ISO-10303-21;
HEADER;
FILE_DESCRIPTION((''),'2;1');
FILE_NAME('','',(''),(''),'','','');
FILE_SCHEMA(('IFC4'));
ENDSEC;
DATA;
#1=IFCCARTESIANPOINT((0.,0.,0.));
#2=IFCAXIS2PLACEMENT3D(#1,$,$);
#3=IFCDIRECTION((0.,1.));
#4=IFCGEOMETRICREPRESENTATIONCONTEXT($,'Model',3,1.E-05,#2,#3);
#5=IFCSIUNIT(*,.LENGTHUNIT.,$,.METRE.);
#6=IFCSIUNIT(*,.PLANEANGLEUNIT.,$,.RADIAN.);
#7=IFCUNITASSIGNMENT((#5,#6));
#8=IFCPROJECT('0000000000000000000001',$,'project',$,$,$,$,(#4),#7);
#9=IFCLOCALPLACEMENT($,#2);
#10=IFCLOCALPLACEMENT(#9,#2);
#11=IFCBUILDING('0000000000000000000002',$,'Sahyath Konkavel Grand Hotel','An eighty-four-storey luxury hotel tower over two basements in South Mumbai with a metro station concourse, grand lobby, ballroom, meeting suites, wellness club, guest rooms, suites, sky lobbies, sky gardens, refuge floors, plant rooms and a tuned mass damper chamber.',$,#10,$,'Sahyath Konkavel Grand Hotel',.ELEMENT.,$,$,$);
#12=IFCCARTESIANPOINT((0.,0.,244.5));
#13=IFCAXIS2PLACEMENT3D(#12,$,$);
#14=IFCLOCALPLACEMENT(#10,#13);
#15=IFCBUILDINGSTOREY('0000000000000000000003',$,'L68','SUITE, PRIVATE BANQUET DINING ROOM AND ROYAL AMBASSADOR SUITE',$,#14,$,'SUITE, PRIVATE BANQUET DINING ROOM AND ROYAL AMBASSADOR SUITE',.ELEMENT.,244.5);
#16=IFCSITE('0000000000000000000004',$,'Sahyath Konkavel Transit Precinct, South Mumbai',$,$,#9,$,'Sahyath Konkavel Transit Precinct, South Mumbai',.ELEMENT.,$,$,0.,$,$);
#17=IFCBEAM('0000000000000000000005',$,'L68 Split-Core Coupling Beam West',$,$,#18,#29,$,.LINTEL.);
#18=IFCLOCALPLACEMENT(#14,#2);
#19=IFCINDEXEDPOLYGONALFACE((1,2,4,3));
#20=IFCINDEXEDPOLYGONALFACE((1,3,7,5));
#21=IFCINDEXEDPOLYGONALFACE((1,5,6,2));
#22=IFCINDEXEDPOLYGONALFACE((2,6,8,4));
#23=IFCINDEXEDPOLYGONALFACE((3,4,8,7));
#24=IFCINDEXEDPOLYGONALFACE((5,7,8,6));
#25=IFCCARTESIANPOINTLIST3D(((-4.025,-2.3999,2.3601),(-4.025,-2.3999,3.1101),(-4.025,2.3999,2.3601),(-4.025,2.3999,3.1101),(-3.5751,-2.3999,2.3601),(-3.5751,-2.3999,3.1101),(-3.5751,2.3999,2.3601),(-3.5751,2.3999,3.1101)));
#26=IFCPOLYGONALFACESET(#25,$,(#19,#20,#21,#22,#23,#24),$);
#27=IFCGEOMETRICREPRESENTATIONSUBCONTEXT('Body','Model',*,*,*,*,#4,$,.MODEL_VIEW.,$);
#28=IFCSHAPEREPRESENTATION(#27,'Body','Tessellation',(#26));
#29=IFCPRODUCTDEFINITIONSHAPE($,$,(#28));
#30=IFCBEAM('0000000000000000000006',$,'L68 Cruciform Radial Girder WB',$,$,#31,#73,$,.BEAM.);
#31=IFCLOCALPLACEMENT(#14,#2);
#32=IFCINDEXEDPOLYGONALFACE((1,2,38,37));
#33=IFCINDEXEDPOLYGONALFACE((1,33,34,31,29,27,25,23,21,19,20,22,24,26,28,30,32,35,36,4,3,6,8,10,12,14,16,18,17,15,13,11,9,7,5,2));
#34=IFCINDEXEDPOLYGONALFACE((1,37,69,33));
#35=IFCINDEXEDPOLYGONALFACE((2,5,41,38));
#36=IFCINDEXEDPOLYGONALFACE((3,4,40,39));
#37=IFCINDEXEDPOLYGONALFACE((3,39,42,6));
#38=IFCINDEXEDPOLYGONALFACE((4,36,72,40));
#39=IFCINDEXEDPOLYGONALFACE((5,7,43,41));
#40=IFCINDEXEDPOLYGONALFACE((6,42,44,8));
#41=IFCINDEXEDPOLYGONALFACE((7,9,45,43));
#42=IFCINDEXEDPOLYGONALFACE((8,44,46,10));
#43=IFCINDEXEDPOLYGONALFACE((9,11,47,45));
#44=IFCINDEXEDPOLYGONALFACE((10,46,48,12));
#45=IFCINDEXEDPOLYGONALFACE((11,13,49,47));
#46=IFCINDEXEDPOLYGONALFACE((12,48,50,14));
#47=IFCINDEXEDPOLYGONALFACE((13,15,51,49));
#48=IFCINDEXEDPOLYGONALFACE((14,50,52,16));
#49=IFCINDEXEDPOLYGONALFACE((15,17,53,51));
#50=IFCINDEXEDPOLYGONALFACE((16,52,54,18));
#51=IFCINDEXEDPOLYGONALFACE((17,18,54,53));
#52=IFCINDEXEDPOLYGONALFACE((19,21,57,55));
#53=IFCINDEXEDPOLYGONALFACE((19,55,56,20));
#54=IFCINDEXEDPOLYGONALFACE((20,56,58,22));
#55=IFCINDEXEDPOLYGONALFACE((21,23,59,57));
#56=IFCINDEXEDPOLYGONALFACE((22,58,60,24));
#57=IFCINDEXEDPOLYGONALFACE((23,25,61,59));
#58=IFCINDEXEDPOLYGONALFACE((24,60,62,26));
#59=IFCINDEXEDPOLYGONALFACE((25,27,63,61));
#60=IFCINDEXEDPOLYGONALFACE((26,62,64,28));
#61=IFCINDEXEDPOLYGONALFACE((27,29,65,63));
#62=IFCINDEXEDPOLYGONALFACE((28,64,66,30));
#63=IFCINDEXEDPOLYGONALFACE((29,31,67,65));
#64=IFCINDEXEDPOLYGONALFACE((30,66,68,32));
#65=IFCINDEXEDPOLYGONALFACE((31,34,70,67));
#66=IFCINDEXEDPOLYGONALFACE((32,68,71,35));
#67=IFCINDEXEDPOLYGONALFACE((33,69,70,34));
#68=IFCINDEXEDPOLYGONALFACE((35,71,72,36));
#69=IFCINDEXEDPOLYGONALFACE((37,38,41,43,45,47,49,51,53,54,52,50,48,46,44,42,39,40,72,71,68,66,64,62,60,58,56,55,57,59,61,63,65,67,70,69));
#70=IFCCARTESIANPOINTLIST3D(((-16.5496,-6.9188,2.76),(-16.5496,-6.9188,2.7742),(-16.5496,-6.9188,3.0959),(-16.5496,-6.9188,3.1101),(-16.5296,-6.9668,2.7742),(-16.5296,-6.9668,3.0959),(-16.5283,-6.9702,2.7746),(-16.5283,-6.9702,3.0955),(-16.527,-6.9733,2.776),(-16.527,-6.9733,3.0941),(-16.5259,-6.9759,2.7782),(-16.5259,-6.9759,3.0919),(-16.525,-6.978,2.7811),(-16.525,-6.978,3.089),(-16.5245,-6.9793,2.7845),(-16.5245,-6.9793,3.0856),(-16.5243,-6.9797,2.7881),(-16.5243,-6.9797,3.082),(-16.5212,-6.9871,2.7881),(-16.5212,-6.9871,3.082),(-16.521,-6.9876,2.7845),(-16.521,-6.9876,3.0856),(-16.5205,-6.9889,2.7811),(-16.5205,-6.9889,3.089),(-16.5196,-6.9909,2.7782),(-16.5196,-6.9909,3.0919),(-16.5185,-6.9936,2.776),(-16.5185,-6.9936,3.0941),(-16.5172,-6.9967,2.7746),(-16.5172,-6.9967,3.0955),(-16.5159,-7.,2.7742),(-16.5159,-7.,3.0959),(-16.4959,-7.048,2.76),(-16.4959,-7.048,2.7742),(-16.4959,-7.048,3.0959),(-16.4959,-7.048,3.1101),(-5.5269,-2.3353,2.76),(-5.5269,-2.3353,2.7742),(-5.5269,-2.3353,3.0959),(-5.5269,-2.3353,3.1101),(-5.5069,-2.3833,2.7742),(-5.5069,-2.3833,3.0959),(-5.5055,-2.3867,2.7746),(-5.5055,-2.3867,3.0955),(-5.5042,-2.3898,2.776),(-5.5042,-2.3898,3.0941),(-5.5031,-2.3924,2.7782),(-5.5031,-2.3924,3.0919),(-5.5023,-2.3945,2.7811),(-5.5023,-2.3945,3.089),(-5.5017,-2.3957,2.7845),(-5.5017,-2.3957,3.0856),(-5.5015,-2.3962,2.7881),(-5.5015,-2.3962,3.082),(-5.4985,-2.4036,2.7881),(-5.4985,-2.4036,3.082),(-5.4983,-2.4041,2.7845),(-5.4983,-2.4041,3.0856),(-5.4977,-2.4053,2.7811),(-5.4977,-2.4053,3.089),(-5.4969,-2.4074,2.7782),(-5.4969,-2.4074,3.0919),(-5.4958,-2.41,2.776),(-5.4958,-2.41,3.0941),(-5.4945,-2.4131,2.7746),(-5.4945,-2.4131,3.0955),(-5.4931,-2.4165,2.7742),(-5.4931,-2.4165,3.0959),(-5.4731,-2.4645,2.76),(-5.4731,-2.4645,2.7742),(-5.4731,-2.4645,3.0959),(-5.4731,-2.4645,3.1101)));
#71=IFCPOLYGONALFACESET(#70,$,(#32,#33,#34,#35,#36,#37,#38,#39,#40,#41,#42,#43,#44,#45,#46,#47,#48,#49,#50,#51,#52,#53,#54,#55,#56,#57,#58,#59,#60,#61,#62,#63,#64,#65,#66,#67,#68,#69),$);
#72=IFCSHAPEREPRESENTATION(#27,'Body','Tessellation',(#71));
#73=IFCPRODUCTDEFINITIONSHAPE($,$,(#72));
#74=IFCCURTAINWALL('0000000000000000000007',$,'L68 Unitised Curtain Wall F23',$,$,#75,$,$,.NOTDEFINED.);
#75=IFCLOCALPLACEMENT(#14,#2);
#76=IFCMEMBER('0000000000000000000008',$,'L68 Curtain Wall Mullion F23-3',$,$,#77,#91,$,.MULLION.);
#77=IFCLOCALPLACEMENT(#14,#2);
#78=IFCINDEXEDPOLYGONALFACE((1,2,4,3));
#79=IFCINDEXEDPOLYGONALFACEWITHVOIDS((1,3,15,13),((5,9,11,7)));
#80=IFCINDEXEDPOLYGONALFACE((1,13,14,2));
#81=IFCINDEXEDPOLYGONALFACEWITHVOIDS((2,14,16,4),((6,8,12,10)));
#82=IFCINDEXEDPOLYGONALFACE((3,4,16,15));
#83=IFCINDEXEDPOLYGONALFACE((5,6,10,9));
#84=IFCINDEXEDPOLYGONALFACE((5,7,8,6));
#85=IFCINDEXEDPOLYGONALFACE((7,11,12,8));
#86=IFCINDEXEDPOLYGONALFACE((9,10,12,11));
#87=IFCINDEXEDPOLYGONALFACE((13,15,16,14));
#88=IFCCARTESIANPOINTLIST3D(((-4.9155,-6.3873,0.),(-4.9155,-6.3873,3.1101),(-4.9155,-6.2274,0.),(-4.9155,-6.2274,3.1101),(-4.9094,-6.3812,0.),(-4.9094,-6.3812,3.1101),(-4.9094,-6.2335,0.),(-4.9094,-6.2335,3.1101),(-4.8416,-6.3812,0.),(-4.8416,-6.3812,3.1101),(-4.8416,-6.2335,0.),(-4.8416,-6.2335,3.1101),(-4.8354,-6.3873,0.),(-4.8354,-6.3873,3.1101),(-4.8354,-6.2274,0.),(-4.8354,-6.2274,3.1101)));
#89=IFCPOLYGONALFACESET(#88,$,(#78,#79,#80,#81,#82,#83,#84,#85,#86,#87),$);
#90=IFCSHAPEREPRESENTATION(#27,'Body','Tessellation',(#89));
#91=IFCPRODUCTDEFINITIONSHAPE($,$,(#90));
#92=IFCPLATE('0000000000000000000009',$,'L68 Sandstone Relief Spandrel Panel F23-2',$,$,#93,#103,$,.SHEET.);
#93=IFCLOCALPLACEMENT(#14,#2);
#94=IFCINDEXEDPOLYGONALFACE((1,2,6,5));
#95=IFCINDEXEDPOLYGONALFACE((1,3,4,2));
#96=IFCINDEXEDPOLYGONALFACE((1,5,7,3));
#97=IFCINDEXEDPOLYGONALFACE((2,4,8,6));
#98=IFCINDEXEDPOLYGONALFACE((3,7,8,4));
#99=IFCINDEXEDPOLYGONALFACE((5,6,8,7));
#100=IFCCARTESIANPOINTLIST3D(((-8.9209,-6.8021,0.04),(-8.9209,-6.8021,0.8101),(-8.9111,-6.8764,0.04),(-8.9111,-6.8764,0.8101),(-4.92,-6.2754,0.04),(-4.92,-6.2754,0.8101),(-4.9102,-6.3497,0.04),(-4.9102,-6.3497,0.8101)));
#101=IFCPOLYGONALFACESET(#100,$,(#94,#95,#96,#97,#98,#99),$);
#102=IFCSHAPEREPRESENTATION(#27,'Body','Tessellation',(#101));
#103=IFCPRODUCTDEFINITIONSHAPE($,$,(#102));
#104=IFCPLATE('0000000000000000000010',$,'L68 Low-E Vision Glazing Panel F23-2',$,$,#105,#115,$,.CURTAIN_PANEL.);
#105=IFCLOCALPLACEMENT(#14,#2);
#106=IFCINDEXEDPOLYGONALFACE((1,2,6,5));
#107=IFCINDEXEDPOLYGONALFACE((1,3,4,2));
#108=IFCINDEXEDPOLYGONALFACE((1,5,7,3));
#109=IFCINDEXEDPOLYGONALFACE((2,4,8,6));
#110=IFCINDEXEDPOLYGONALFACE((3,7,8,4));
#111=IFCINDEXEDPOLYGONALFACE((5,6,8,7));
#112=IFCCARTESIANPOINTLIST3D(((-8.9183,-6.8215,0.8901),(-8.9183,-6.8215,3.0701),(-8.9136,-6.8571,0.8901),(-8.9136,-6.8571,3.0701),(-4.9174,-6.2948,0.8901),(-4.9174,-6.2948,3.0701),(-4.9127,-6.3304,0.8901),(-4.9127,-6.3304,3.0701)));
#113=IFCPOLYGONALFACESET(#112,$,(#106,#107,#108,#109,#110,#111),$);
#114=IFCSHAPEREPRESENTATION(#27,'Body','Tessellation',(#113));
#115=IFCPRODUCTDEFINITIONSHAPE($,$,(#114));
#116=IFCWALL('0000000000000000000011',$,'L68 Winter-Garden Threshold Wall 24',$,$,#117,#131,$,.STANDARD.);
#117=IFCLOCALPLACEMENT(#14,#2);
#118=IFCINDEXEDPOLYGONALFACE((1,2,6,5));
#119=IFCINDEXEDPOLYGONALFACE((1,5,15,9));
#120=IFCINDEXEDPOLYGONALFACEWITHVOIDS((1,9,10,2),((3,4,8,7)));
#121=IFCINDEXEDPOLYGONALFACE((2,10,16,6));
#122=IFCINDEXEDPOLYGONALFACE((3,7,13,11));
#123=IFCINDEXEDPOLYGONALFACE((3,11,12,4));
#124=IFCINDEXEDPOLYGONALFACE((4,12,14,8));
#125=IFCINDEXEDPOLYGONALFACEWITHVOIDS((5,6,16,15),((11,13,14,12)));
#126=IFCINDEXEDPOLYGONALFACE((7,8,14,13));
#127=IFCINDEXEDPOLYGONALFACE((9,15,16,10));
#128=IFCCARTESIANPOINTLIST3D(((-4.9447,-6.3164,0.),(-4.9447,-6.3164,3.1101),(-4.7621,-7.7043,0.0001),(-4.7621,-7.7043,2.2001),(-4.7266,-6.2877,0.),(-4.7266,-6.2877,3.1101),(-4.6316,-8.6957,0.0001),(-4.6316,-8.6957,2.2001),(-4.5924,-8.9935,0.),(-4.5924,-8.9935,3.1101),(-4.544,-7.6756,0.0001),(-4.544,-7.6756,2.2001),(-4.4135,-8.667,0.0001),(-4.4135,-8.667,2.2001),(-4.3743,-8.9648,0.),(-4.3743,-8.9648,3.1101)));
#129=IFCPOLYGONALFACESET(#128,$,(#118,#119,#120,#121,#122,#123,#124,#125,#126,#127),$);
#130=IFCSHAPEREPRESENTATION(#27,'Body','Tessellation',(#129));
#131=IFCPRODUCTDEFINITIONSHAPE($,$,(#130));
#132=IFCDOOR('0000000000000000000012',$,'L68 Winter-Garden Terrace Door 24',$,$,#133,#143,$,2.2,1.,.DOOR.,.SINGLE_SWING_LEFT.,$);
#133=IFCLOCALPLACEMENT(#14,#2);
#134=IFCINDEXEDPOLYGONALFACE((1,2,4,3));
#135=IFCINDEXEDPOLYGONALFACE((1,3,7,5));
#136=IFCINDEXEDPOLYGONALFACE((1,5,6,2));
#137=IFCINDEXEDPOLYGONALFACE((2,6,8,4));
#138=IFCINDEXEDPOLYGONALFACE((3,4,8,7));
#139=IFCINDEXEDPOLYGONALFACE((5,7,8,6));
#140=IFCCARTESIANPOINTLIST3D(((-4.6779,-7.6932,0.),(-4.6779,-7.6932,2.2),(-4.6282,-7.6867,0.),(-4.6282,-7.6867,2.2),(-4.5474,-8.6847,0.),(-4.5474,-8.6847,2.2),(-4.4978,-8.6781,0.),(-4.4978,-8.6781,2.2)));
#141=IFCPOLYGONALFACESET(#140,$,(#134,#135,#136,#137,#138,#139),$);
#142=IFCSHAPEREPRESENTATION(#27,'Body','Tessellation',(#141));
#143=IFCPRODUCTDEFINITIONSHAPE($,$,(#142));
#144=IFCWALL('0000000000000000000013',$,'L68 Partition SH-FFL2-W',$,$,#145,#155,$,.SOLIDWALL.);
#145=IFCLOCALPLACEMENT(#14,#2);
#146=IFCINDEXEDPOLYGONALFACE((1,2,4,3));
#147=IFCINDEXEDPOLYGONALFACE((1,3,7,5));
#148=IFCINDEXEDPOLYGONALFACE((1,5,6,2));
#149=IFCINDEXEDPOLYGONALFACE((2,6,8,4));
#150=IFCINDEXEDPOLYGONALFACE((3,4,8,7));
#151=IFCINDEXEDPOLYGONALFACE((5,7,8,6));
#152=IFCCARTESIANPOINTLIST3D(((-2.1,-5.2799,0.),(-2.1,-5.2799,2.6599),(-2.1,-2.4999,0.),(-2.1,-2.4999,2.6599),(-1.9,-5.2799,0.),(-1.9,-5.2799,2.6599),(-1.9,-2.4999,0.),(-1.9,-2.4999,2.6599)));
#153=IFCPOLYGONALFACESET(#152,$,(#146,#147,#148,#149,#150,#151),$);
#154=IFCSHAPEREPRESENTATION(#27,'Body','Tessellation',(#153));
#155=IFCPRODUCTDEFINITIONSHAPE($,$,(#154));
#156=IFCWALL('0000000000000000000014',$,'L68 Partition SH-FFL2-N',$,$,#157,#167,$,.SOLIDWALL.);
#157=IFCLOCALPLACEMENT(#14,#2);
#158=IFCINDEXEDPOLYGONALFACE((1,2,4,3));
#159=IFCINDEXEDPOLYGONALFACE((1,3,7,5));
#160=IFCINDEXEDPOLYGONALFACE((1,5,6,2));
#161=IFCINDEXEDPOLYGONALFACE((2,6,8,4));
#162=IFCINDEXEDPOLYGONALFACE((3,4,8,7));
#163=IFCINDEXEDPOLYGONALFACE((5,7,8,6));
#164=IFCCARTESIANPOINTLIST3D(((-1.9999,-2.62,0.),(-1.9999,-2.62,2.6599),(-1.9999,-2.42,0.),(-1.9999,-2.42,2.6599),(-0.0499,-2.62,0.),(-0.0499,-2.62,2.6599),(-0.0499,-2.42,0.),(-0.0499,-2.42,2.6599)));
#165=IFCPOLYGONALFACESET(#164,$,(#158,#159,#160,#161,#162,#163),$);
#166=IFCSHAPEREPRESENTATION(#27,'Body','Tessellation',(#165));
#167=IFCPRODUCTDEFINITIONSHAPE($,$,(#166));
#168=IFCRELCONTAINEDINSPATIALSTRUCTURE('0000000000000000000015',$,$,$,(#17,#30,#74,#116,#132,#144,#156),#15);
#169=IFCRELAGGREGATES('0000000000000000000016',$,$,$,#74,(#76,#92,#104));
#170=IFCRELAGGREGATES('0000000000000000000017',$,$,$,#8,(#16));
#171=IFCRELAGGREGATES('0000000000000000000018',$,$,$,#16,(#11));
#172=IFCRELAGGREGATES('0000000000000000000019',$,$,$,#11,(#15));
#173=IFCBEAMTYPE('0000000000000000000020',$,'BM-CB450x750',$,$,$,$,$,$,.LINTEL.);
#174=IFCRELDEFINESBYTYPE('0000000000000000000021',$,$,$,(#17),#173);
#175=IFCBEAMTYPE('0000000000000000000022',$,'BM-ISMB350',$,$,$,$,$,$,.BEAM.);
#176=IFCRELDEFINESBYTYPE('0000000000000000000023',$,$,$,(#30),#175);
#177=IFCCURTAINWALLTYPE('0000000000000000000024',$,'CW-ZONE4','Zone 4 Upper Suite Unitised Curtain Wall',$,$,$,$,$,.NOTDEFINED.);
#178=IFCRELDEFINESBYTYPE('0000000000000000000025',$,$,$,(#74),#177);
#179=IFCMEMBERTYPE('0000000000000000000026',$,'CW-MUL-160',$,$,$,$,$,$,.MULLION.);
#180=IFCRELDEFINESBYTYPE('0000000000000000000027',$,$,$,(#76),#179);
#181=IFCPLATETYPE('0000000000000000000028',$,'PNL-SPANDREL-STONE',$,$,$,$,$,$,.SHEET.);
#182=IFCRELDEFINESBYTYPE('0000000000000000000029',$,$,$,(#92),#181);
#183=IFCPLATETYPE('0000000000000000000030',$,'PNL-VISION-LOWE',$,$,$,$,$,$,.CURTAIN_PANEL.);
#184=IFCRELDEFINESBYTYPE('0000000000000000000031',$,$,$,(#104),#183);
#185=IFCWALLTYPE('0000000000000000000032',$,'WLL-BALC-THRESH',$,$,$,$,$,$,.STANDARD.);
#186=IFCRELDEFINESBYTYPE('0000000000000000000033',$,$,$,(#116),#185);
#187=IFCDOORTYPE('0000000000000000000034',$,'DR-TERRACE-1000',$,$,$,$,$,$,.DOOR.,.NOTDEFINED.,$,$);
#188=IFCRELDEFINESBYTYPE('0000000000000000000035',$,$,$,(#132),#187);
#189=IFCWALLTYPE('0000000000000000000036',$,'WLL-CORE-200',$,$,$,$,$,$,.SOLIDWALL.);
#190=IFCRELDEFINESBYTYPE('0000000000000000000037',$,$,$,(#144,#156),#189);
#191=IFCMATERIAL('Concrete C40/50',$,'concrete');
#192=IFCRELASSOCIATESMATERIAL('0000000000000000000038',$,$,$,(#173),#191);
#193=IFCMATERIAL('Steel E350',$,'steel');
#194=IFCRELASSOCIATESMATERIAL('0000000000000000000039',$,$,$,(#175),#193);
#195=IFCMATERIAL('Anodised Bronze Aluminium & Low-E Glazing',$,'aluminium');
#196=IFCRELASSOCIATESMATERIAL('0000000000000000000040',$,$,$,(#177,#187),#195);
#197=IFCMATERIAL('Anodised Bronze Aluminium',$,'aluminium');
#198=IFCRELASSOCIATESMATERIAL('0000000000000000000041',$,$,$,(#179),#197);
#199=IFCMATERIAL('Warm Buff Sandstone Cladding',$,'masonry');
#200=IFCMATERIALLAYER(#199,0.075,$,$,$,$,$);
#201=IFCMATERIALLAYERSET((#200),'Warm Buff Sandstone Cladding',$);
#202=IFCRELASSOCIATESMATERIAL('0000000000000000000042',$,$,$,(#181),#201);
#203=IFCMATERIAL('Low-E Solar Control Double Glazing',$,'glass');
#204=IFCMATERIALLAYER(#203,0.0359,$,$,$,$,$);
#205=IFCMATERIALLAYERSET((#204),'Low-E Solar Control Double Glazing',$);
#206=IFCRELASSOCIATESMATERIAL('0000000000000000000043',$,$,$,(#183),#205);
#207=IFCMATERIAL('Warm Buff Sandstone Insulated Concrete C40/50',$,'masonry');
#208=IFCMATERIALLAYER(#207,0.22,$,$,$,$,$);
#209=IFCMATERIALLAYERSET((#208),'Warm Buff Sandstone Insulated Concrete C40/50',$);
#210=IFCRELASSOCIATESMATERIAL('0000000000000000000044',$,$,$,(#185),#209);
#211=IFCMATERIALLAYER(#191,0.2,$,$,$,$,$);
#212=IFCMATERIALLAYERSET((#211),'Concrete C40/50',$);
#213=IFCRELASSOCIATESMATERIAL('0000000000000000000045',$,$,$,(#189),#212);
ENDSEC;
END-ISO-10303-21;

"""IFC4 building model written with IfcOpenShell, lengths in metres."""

from ifc_helpers import new_model, si_unit, direction, frame, frame_2d, origin, origin_2d, place, context, subcontext, project, spatial, rectangle, hollow_rectangle, i_section, extrude, source, transform, mapped, material, layer, layer_set, material_profile, profile_set, type_object, element, fill, aggregate, save


model = new_model("IFC4")

# Units and contexts
model_context = context("Model", 3, precision=1e-05, world=origin(), true_north=direction((0.0, 1.0)))
body_context = subcontext(model_context, "Body", "Model", "MODEL_VIEW")
ifc_project = project(units=[si_unit("LENGTHUNIT", "METRE"), si_unit("PLANEANGLEUNIT", "RADIAN")], contexts=[model_context])

# Site, building, storey
site_placement = place(None, origin())
site = spatial("IfcSite", under=ifc_project, at=site_placement, Name="Sahyath Konkavel Transit Precinct, South Mumbai", LongName="Sahyath Konkavel Transit Precinct, South Mumbai", CompositionType="ELEMENT", RefElevation=0.0)
building_placement = place(site_placement, origin())
building = spatial("IfcBuilding", under=site, at=building_placement, Name="Sahyath Konkavel Grand Hotel", Description="An eighty-four-storey luxury hotel tower over two basements in South Mumbai with a metro station concourse, grand lobby, ballroom, meeting suites, wellness club, guest rooms, suites, sky lobbies, sky gardens, refuge floors, plant rooms and a tuned mass damper chamber.", LongName="Sahyath Konkavel Grand Hotel", CompositionType="ELEMENT")
storey_placement = place(building_placement, frame((0.0, 0.0, 244.5)))
storey = spatial("IfcBuildingStorey", under=building, at=storey_placement, Name="L68", Description="SUITE, PRIVATE BANQUET DINING ROOM AND ROYAL AMBASSADOR SUITE", LongName="SUITE, PRIVATE BANQUET DINING ROOM AND ROYAL AMBASSADOR SUITE", CompositionType="ELEMENT", Elevation=244.5)

# Shared definitions
ifc_material_1 = material(Name="Concrete C40/50", Category="concrete")

# Beams
ifc_material_2 = material(Name="Steel E350", Category="steel")
ifc_material_profile_1 = material_profile(ifc_material_1, rectangle(XDim=0.45, YDim=0.75, at=origin_2d()), Name="RC 450x750")
ifc_profile_set_1 = profile_set([ifc_material_profile_1], Name="Concrete C40/50")
beam_type_1 = type_object("IfcBeamType", Name="BM-CB450x750", PredefinedType="LINTEL", material=ifc_profile_set_1)
shared_shape_1 = source(origin(), body_context, "Body", "SweptSolid", [
    extrude(rectangle(XDim=0.45, YDim=0.75, at=origin_2d()), origin(), (0.0, 0.0, 1.0), 4.7998),
])
beam_1_placement = place(storey_placement, frame((-3.8, -2.3999, 2.7351), z_axis=(0.0, 1.0, 0.0), x_axis=(-1.0, 0.0, 0.0)))
element("IfcBeam", 1, at=beam_1_placement, inside=storey, type_object=beam_type_1, Name="L68 Split-Core Coupling Beam West", PredefinedType="LINTEL", context=body_context, shape_type="MappedRepresentation", body=[
    mapped(shared_shape_1, transform((0.0, 0.0, 0.0), scale=1.0)),
])
ifc_material_profile_2 = material_profile(ifc_material_2, i_section(OverallWidth=0.1399, OverallDepth=0.3501, WebThickness=0.0081, FlangeThickness=0.0142, FilletRadius=0.0139, at=origin_2d()), Name="ISMB 350")
ifc_profile_set_2 = profile_set([ifc_material_profile_2], Name="Steel E350")
beam_type_2 = type_object("IfcBeamType", Name="BM-ISMB350", PredefinedType="BEAM", material=ifc_profile_set_2)
shared_shape_2 = source(origin(), body_context, "Body", "SweptSolid", [
    extrude(i_section(OverallWidth=0.1399, OverallDepth=0.3501, WebThickness=0.0081, FlangeThickness=0.0142, FilletRadius=0.0139, at=origin_2d()), origin(), (0.0, 0.0, 1.0), 11.9377),
])
beam_2_placement = place(storey_placement, frame((-5.5, -2.3999, 2.9351), z_axis=(-0.923353, -0.383952, 0.0), x_axis=(0.383952, -0.923353, 0.0)))
element("IfcBeam", 2, at=beam_2_placement, inside=storey, type_object=beam_type_2, Name="L68 Cruciform Radial Girder WB", PredefinedType="BEAM", context=body_context, shape_type="MappedRepresentation", body=[
    mapped(shared_shape_2, transform((0.0, 0.0, 0.0), scale=1.0)),
])

# Curtain wall, member, plates
ifc_material_3 = material(Name="Anodised Bronze Aluminium & Low-E Glazing", Category="aluminium")
curtain_wall_type = type_object("IfcCurtainWallType", Name="CW-ZONE4", Description="Zone 4 Upper Suite Unitised Curtain Wall", PredefinedType="NOTDEFINED", material=ifc_material_3)
curtain_wall_placement = place(storey_placement, origin())
curtain_wall = element("IfcCurtainWall", 3, at=curtain_wall_placement, inside=storey, type_object=curtain_wall_type, Name="L68 Unitised Curtain Wall F23", PredefinedType="NOTDEFINED")
ifc_material_4 = material(Name="Anodised Bronze Aluminium", Category="aluminium")
ifc_material_profile_3 = material_profile(ifc_material_4, hollow_rectangle(XDim=0.0801, YDim=0.1599, WallThickness=0.0061, at=origin_2d()), Name="RHS 160x80x6")
ifc_profile_set_3 = profile_set([ifc_material_profile_3], Name="Anodised Bronze Aluminium")
member_type = type_object("IfcMemberType", Name="CW-MUL-160", PredefinedType="MULLION", material=ifc_profile_set_3)
shared_shape_3 = source(origin(), body_context, "Body", "SweptSolid", [
    extrude(hollow_rectangle(XDim=0.0801, YDim=0.1599, WallThickness=0.0061, at=origin_2d()), origin(), (0.0, 0.0, 1.0), 3.1101),
])
member_placement = place(storey_placement, frame((-4.8755, -6.3074, 0.0), z_axis=(0.0, 0.0, 1.0), x_axis=(1.0, 0.0, 0.0)))
member = element("IfcMember", 4, at=member_placement, type_object=member_type, Name="L68 Curtain Wall Mullion F23-3", PredefinedType="MULLION", context=body_context, shape_type="MappedRepresentation", body=[
    mapped(shared_shape_3, transform((0.0, 0.0, 0.0), scale=1.0)),
])
ifc_material_5 = material(Name="Warm Buff Sandstone Cladding", Category="masonry")
ifc_layer_1 = layer(ifc_material_5, 0.075)
ifc_layer_set_1 = layer_set([ifc_layer_1], Name="Warm Buff Sandstone Cladding")
plate_type_1 = type_object("IfcPlateType", Name="PNL-SPANDREL-STONE", PredefinedType="SHEET", material=ifc_layer_set_1)
shared_shape_4 = source(origin(), body_context, "Body", "SweptSolid", [
    extrude(rectangle(XDim=4.0354, YDim=0.075, at=origin_2d()), origin(), (0.0, 0.0, 1.0), 0.77),
])
plate_1_placement = place(storey_placement, frame((-6.9155, -6.5759, 0.04), z_axis=(0.0, 0.0, 1.0), x_axis=(0.991445, 0.130526, 0.0)))
plate_1 = element("IfcPlate", 5, at=plate_1_placement, type_object=plate_type_1, Name="L68 Sandstone Relief Spandrel Panel F23-2", PredefinedType="SHEET", context=body_context, shape_type="MappedRepresentation", body=[
    mapped(shared_shape_4, transform((0.0, 0.0, 0.0), scale=1.0)),
])
ifc_material_6 = material(Name="Low-E Solar Control Double Glazing", Category="glass")
ifc_layer_2 = layer(ifc_material_6, 0.0359)
ifc_layer_set_2 = layer_set([ifc_layer_2], Name="Low-E Solar Control Double Glazing")
plate_type_2 = type_object("IfcPlateType", Name="PNL-VISION-LOWE", PredefinedType="CURTAIN_PANEL", material=ifc_layer_set_2)
shared_shape_5 = source(origin(), body_context, "Body", "SweptSolid", [
    extrude(rectangle(XDim=4.0354, YDim=0.0359, at=origin_2d()), origin(), (0.0, 0.0, 1.0), 2.1799),
])
plate_2_placement = place(storey_placement, frame((-6.9155, -6.5759, 0.8901), z_axis=(0.0, 0.0, 1.0), x_axis=(0.991445, 0.130526, 0.0)))
plate_2 = element("IfcPlate", 6, at=plate_2_placement, type_object=plate_type_2, Name="L68 Low-E Vision Glazing Panel F23-2", PredefinedType="CURTAIN_PANEL", context=body_context, shape_type="MappedRepresentation", body=[
    mapped(shared_shape_5, transform((0.0, 0.0, 0.0), scale=1.0)),
])
aggregate(curtain_wall, [member, plate_1, plate_2])

# Wall, opening, door
ifc_material_7 = material(Name="Warm Buff Sandstone Insulated Concrete C40/50", Category="masonry")
ifc_layer_3 = layer(ifc_material_7, 0.22)
ifc_layer_set_3 = layer_set([ifc_layer_3], Name="Warm Buff Sandstone Insulated Concrete C40/50")
wall_type_1 = type_object("IfcWallType", Name="WLL-BALC-THRESH", PredefinedType="STANDARD", material=ifc_layer_set_3)
wall_1_placement = place(storey_placement, frame((-4.8357, -6.302, 0.0), z_axis=(0.0, 0.0, 1.0), x_axis=(0.130476, -0.991452, 0.0)))
wall_1 = element("IfcWall", 7, at=wall_1_placement, inside=storey, type_object=wall_type_1, Name="L68 Winter-Garden Threshold Wall 24", PredefinedType="STANDARD", context=body_context, shape_type="SweptSolid", body=[
    extrude(rectangle(XDim=2.7002, YDim=0.22, at=frame_2d((1.3501, 0.0))), origin(), (0.0, 0.0, 1.0), 3.1101),
])
opening_1_placement = place(wall_1_placement, frame((1.3999, 0.0, 0.0)))
opening_1 = element("IfcOpeningElement", 8, at=opening_1_placement, cuts=wall_1, PredefinedType="OPENING", context=body_context, shape_type="SweptSolid", body=[
    extrude(rectangle(XDim=1.0, YDim=2.2, at=frame_2d((0.5, 1.1001))), frame((0.0, 0.1201, 0.0), z_axis=(0.0, -1.0, 0.0), x_axis=(1.0, 0.0, 0.0)), (0.0, 0.0, 1.0), 0.24),
])
door_type_1 = type_object("IfcDoorType", Name="DR-TERRACE-1000", OperationType="NOTDEFINED", PredefinedType="DOOR", material=ifc_material_3)
shared_shape_6 = source(origin(), body_context, "Body", "SweptSolid", [
    extrude(rectangle(XDim=1.0, YDim=0.05, at=origin_2d()), origin(), (0.0, 0.0, 1.0), 2.2),
])
door_1_placement = place(opening_1_placement, frame((0.5, 0.0, 0.0)))
door_1 = element("IfcDoor", 9, at=door_1_placement, inside=storey, type_object=door_type_1, Name="L68 Winter-Garden Terrace Door 24", OperationType="SINGLE_SWING_LEFT", OverallHeight=2.2, OverallWidth=1.0, PredefinedType="DOOR", context=body_context, shape_type="MappedRepresentation", body=[
    mapped(shared_shape_6, transform((0.0, 0.0, 0.0), scale=1.0)),
])
fill(opening_1, door_1)

# Walls
ifc_layer_4 = layer(ifc_material_1, 0.2)
ifc_layer_set_4 = layer_set([ifc_layer_4], Name="Concrete C40/50")
wall_type_2 = type_object("IfcWallType", Name="WLL-CORE-200", PredefinedType="SOLIDWALL", material=ifc_layer_set_4)
wall_2_placement = place(storey_placement, frame((-2.0, -5.28, 0.0), z_axis=(0.0, 0.0, 1.0), x_axis=(0.0, 1.0, 0.0)))
element("IfcWall", 10, at=wall_2_placement, inside=storey, type_object=wall_type_2, Name="L68 Partition SH-FFL2-W", PredefinedType="SOLIDWALL", context=body_context, shape_type="SweptSolid", body=[
    extrude(rectangle(XDim=2.78, YDim=0.2, at=frame_2d((1.3901, 0.0))), origin(), (0.0, 0.0, 1.0), 2.6599),
])
wall_3_placement = place(storey_placement, frame((-2.0, -2.52, 0.0), z_axis=(0.0, 0.0, 1.0), x_axis=(1.0, 0.0, 0.0)))
element("IfcWall", 11, at=wall_3_placement, inside=storey, type_object=wall_type_2, Name="L68 Partition SH-FFL2-N", PredefinedType="SOLIDWALL", context=body_context, shape_type="SweptSolid", body=[
    extrude(rectangle(XDim=1.95, YDim=0.2, at=frame_2d((0.9751, 0.0))), origin(), (0.0, 0.0, 1.0), 2.6599),
])

save(model, "model.ifc")
